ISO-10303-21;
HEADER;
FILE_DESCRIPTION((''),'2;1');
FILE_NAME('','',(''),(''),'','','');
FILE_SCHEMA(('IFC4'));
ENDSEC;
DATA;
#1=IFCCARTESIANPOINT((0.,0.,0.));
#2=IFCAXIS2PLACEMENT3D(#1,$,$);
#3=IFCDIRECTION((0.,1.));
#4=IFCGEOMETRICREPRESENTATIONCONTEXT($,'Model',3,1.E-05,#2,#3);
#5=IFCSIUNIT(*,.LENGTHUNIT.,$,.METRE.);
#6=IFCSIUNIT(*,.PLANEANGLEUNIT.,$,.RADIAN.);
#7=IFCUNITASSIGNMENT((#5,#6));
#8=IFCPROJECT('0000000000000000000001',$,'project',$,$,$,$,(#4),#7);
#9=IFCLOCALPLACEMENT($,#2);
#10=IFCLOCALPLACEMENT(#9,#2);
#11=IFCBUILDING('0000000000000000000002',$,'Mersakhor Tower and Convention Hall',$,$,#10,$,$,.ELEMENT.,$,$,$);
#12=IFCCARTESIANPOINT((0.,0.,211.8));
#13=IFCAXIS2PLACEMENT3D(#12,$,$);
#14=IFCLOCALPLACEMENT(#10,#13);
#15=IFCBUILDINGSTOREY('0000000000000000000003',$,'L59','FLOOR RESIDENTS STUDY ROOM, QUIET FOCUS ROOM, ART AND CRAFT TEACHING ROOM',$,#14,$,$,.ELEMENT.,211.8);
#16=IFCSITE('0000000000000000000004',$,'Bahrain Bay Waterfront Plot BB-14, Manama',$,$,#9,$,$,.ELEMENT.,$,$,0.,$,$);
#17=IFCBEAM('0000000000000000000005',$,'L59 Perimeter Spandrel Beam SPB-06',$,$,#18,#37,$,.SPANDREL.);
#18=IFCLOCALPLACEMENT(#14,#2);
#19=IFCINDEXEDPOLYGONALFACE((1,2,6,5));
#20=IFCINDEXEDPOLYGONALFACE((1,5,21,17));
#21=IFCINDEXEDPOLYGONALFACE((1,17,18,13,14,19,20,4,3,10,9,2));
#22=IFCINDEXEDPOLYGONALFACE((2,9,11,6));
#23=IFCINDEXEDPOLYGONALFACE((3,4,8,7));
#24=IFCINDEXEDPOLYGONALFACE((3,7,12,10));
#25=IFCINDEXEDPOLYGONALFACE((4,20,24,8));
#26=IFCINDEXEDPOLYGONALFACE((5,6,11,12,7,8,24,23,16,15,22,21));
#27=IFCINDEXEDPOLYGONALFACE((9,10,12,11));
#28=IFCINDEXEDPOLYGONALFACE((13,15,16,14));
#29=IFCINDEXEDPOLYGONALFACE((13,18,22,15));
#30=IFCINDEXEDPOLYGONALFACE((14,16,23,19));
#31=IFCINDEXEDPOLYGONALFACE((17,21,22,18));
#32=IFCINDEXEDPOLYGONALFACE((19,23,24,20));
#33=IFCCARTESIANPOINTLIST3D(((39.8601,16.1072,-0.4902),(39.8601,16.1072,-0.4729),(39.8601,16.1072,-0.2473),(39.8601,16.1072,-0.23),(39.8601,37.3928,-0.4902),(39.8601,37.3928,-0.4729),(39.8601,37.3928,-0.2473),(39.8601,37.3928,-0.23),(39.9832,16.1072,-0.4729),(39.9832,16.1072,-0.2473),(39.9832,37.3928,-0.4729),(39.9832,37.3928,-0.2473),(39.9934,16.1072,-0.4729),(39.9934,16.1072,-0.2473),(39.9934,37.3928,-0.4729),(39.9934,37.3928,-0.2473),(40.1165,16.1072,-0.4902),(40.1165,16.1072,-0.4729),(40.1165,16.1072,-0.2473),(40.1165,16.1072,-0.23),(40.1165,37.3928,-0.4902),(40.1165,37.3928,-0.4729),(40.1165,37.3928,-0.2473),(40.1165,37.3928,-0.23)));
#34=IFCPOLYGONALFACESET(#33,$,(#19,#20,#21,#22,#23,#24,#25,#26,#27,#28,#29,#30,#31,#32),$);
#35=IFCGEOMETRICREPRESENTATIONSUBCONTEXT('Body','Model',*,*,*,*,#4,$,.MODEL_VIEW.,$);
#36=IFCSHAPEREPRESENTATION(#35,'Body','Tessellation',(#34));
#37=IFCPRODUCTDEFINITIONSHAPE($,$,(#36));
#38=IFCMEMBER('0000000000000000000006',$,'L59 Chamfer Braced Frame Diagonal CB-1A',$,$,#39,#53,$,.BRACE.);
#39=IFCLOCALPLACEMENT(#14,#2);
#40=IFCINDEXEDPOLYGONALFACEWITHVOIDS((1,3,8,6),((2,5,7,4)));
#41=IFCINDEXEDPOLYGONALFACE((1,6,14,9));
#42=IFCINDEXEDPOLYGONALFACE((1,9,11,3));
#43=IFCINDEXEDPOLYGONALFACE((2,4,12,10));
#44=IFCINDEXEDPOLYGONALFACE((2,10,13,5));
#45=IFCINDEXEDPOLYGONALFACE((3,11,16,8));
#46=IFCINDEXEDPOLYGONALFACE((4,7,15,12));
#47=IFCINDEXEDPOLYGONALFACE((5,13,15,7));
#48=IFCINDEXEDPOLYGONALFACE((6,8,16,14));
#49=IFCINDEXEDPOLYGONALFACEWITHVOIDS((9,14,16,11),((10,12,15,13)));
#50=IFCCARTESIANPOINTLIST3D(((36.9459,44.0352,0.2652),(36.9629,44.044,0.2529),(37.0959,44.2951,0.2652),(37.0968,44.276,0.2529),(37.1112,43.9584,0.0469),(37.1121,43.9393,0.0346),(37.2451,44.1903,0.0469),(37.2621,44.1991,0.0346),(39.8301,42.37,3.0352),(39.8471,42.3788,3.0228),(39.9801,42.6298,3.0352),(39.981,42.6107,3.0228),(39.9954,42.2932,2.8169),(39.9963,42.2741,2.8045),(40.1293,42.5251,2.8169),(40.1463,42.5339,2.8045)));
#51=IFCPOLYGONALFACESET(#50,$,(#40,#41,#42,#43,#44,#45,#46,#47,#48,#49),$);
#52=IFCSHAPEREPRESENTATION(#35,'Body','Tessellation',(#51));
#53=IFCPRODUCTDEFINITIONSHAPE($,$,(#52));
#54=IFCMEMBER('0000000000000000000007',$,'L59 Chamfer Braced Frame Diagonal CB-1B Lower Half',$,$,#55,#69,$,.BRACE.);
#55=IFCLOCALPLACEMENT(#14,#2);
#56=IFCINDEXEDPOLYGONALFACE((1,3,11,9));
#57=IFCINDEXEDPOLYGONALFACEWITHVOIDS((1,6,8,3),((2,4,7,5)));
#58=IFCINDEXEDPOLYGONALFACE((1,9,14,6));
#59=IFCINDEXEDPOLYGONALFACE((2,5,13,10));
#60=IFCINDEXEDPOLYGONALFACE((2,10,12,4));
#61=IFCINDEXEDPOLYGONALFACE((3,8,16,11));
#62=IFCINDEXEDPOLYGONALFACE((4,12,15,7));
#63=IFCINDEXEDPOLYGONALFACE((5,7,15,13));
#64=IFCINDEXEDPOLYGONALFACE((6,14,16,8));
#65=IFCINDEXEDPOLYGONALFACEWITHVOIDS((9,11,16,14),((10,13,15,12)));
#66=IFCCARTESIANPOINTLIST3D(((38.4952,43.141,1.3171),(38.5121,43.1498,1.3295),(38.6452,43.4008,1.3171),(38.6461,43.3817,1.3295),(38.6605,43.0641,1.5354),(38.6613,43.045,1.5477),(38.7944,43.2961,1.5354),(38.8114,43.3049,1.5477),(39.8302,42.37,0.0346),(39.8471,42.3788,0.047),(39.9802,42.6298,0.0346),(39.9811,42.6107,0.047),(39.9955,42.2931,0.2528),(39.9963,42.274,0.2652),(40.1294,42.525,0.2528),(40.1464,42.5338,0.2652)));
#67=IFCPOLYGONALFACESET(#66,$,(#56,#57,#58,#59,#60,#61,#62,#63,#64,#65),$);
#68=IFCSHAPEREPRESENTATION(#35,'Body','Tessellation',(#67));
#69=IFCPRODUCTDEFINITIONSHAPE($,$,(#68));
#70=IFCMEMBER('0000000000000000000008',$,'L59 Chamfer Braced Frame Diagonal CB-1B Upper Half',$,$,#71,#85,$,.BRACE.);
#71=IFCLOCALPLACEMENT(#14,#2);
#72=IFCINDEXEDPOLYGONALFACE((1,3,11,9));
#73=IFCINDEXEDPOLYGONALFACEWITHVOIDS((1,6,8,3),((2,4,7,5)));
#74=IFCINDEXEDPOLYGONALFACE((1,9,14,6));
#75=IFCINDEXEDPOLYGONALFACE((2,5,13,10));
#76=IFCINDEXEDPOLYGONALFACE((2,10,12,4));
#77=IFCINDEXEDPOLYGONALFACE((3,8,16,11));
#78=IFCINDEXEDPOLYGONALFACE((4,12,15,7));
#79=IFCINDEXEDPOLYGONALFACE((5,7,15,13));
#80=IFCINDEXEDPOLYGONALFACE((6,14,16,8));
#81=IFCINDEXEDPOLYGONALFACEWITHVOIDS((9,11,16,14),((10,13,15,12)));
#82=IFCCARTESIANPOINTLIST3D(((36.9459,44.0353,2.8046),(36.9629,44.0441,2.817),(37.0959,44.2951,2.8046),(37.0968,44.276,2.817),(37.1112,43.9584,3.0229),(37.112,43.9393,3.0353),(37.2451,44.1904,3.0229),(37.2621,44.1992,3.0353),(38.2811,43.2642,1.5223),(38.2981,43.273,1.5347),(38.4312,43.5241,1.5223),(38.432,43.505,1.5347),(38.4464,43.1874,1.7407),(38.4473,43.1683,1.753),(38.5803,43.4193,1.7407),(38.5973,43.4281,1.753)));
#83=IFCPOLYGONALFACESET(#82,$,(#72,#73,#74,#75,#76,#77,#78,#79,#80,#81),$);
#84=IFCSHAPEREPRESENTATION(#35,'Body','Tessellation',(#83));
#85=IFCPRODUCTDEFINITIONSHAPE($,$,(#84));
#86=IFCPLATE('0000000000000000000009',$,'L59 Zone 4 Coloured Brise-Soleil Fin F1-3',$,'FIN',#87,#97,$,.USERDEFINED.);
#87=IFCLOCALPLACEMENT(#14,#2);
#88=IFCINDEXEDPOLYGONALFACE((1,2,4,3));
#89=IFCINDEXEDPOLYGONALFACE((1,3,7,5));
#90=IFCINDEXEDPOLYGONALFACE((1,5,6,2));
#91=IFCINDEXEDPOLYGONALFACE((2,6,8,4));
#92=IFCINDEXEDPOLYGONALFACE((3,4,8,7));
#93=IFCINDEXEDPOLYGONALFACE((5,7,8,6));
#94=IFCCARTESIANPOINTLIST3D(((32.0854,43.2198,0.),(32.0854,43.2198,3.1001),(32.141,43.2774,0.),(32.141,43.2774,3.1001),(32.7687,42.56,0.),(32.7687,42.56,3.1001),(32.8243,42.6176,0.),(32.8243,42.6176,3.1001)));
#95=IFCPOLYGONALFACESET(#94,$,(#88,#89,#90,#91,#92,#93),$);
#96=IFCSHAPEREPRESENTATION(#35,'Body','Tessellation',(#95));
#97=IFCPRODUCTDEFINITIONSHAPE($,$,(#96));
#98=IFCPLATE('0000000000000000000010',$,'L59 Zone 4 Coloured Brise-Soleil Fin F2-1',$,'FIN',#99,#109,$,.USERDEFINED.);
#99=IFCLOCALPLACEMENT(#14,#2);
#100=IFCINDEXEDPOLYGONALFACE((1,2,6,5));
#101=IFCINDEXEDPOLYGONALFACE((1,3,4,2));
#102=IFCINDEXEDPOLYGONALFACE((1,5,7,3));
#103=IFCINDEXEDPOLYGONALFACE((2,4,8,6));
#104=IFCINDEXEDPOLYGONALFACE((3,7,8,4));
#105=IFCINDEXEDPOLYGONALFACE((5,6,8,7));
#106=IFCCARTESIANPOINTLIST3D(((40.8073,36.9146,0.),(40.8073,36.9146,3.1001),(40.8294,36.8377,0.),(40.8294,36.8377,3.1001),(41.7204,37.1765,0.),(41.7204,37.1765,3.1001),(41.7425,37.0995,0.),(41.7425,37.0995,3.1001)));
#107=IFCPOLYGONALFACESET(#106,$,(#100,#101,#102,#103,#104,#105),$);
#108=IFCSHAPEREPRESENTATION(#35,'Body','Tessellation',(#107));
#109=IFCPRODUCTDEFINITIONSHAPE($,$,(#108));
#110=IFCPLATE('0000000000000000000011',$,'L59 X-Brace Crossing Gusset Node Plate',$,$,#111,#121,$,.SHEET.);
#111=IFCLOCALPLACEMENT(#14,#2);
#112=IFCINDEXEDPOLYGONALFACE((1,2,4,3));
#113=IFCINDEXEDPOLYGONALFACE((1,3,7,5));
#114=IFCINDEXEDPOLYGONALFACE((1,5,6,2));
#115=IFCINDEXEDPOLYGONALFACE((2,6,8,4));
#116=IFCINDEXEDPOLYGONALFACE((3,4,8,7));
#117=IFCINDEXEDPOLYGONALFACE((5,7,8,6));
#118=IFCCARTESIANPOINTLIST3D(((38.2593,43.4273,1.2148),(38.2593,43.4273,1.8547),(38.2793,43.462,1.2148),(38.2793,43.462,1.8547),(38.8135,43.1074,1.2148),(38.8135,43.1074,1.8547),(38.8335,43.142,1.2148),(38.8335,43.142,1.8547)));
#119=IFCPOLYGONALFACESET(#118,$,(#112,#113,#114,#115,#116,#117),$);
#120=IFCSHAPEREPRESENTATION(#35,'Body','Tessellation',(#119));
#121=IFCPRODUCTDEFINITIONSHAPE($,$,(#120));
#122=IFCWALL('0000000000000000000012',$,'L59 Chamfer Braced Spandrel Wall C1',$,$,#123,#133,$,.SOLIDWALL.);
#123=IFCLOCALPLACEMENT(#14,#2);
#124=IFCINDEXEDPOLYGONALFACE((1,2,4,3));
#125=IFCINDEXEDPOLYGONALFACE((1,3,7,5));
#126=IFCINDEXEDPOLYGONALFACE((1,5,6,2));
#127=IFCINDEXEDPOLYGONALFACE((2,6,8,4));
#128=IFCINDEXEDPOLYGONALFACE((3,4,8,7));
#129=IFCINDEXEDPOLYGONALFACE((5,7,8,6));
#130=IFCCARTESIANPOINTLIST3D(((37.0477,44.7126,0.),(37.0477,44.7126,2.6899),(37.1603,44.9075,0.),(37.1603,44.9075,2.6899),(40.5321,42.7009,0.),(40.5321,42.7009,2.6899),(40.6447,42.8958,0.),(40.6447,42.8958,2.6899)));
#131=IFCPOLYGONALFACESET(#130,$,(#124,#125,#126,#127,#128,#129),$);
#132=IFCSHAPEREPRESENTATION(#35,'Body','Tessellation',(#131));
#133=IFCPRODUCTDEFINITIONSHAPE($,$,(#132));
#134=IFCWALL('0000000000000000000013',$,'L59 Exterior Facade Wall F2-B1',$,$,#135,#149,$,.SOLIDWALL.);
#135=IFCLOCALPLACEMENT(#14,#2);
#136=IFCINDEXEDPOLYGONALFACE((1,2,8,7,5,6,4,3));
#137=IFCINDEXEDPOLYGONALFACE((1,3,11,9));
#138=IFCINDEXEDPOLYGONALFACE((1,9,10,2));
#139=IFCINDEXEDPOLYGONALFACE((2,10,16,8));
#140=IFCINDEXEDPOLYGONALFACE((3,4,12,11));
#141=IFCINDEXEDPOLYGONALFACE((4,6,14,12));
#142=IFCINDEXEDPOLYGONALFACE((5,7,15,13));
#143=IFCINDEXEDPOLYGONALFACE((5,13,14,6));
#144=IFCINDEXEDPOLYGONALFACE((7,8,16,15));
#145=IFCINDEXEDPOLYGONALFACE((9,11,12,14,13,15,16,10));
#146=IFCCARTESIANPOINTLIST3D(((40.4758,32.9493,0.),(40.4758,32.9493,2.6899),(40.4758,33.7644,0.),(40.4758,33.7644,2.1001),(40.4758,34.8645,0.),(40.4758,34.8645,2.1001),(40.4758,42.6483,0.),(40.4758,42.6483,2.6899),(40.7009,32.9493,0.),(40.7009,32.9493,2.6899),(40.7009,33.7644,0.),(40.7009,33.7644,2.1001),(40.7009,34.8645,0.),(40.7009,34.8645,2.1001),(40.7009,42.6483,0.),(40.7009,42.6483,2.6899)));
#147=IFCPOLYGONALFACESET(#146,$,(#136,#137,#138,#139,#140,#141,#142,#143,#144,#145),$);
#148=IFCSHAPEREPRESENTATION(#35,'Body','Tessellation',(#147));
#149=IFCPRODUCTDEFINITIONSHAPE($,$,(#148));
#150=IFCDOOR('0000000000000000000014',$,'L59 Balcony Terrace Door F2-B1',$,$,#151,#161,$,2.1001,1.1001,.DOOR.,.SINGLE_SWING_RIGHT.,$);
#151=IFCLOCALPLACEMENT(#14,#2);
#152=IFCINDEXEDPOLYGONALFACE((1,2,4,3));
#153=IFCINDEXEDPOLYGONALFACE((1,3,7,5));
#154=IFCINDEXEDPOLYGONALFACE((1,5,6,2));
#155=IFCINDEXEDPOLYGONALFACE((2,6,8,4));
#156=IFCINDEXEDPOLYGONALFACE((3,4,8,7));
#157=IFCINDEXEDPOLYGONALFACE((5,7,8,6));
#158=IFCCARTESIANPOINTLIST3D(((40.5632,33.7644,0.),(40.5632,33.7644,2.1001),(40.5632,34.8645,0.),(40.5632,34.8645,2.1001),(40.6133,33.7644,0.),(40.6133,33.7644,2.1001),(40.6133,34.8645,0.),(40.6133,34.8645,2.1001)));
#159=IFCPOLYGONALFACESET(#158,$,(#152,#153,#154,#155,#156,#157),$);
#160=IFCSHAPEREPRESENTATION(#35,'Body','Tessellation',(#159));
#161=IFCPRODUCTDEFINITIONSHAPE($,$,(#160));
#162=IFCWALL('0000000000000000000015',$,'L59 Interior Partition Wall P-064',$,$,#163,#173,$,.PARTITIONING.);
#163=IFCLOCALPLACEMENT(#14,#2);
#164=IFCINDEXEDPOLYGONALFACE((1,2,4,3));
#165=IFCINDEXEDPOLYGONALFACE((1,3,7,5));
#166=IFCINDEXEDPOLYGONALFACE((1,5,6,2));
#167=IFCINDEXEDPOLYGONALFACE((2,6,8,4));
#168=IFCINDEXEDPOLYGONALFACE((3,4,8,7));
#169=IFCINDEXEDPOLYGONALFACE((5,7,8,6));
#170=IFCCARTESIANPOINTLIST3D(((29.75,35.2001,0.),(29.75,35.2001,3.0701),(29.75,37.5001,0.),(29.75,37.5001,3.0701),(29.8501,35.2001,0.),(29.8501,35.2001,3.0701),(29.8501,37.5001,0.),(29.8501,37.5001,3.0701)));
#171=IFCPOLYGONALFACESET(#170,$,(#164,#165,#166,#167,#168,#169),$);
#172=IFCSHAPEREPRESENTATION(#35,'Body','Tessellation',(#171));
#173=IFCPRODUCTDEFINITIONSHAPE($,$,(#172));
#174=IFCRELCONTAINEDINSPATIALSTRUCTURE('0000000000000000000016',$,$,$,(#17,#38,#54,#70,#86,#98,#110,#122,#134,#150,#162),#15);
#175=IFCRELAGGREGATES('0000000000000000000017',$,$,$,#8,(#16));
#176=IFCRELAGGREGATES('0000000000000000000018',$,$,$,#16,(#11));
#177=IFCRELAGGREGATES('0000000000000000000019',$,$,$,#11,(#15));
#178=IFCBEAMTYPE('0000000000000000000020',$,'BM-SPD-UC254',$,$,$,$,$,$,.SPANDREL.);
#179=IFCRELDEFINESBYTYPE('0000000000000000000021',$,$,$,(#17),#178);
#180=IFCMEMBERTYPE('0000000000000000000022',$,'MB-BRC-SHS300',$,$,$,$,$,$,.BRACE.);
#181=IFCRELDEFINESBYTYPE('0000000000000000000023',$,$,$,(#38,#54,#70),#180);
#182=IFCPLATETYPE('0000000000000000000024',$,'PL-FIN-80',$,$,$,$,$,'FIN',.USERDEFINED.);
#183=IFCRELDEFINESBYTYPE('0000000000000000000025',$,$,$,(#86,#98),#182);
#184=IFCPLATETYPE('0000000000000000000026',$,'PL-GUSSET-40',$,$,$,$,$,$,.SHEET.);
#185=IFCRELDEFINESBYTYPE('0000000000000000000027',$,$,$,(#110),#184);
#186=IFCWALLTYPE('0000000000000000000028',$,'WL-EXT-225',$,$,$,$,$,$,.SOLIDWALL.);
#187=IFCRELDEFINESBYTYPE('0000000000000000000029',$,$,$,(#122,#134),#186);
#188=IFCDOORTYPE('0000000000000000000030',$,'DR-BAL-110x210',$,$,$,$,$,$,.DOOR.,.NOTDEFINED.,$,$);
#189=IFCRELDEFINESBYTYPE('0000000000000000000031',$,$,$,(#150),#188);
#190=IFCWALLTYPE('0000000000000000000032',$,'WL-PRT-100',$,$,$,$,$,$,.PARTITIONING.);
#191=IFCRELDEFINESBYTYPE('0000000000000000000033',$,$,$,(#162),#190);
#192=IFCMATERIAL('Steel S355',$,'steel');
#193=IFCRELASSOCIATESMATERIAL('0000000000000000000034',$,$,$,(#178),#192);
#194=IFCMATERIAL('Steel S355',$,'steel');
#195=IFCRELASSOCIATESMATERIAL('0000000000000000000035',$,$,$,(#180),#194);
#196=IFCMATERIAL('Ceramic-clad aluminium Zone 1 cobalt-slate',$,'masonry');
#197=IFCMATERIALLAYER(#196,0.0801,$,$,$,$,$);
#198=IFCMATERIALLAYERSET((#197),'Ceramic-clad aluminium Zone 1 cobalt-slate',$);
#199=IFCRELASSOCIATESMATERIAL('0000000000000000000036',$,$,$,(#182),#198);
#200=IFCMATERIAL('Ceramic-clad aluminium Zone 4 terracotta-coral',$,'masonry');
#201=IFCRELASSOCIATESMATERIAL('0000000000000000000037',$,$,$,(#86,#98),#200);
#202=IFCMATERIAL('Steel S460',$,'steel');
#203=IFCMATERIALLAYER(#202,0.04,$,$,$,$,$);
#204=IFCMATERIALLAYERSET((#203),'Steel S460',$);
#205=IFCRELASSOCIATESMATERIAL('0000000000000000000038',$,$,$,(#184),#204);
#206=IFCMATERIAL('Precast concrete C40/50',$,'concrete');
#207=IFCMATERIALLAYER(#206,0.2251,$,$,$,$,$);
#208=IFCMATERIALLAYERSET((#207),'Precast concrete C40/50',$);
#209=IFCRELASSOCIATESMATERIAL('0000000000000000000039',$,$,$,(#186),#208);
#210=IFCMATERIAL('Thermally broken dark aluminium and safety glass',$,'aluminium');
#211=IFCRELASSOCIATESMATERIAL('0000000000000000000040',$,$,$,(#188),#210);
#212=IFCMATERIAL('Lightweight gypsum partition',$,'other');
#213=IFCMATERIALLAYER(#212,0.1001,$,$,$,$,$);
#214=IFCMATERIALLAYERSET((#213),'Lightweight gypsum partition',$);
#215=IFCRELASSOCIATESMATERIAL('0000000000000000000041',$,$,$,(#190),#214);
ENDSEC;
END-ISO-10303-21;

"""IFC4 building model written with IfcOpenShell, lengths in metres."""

from ifc_helpers import new_model, si_unit, direction, frame, frame_2d, origin, origin_2d, place, context, subcontext, project, spatial, rectangle, hollow_rectangle, i_section, extrude, material, layer, layer_set, material_profile, profile_set, type_object, element, fill, save


model = new_model("IFC4")

# Units and contexts
model_context = context("Model", 3, precision=1e-05, world=origin(), true_north=direction((0.0, 1.0)))
body_context = subcontext(model_context, "Body", "Model", "MODEL_VIEW")
ifc_project = project(units=[si_unit("LENGTHUNIT", "METRE"), si_unit("PLANEANGLEUNIT", "RADIAN")], contexts=[model_context])

# Site, building, storey
site_placement = place(None, origin())
site = spatial("IfcSite", under=ifc_project, at=site_placement, Name="Bahrain Bay Waterfront Plot BB-14, Manama", CompositionType="ELEMENT", RefElevation=0.0)
building_placement = place(site_placement, origin())
building = spatial("IfcBuilding", under=site, at=building_placement, Name="Mersakhor Tower and Convention Hall", CompositionType="ELEMENT")
storey_placement = place(building_placement, frame((0.0, 0.0, 211.8)))
storey = spatial("IfcBuildingStorey", under=building, at=storey_placement, Name="L59", Description="FLOOR RESIDENTS STUDY ROOM, QUIET FOCUS ROOM, ART AND CRAFT TEACHING ROOM", CompositionType="ELEMENT", Elevation=211.8)

# Beam
ifc_material_1 = material(Name="Steel S355", Category="steel")
ifc_material_profile_1 = material_profile(ifc_material_1, i_section(OverallWidth=0.2563, OverallDepth=0.2603, WebThickness=0.0103, FlangeThickness=0.0173, at=origin_2d()), Name="UC 254x254x89")
ifc_profile_set_1 = profile_set([ifc_material_profile_1], Name="Steel S355")
beam_type_1 = type_object("IfcBeamType", Name="BM-SPD-UC254", PredefinedType="SPANDREL", material=ifc_profile_set_1)
beam_1_placement = place(storey_placement, frame((39.9883, 37.3928, -0.3601), z_axis=(0.0, -1.0, 0.0), x_axis=(1.0, 0.0, 0.0)))
element("IfcBeam", 1, at=beam_1_placement, inside=storey, type_object=beam_type_1, Name="L59 Perimeter Spandrel Beam SPB-06", PredefinedType="SPANDREL", context=body_context, shape_type="SweptSolid", body=[
    extrude(i_section(OverallWidth=0.2563, OverallDepth=0.2603, WebThickness=0.0103, FlangeThickness=0.0173, at=origin_2d()), origin(), (0.0, 0.0, 1.0), 21.2856),
])

# Members
ifc_material_2 = material(Name="Steel S355", Category="steel")
ifc_material_profile_2 = material_profile(ifc_material_2, hollow_rectangle(XDim=0.3, YDim=0.3, WallThickness=0.0161, at=origin_2d()), Name="SHS 300x300x16")
ifc_profile_set_2 = profile_set([ifc_material_profile_2], Name="Steel S355")
member_type = type_object("IfcMemberType", Name="MB-BRC-SHS300", PredefinedType="BRACE", material=ifc_profile_set_2)
member_placement = place(storey_placement, frame((37.104, 44.1172, 0.1499), z_axis=(0.665825, -0.384425, 0.639449), x_axis=(0.50001, 0.86602, 0.0)))
element("IfcMember", 2, at=member_placement, inside=storey, type_object=member_type, Name="L59 Chamfer Braced Frame Diagonal CB-1A", PredefinedType="BRACE", context=body_context, shape_type="SweptSolid", body=[
    extrude(hollow_rectangle(XDim=0.3, YDim=0.3, WallThickness=0.0161, at=origin_2d()), origin(), (0.0, 0.0, 1.0), 4.3318),
])
for number, where, z_axis, x_axis, name in (
    (3, (39.9883, 42.4519, 0.1499), (-0.665711, 0.384476, 0.639536), (-0.500125, -0.865953, 0.0), "L59 Chamfer Braced Frame Diagonal CB-1B Lower Half"),
    (4, (38.4392, 43.3462, 1.6377), (-0.665831, 0.384475, 0.639412), (-0.500056, -0.865993, 0.0), "L59 Chamfer Braced Frame Diagonal CB-1B Upper Half"),
):
    element("IfcMember", number, at=place(storey_placement, frame(where, z_axis=z_axis, x_axis=x_axis)), inside=storey, type_object=member_type, Name=name, PredefinedType="BRACE", context=body_context, shape_type="SweptSolid", body=[
        extrude(hollow_rectangle(XDim=0.3, YDim=0.3, WallThickness=0.0161, at=origin_2d()), origin(), (0.0, 0.0, 1.0), 2.0054),
    ])

# Plates
ifc_material_3 = material(Name="Ceramic-clad aluminium Zone 4 terracotta-coral", Category="masonry")
ifc_material_4 = material(Name="Ceramic-clad aluminium Zone 1 cobalt-slate", Category="masonry")
ifc_layer_1 = layer(ifc_material_4, 0.0801)
ifc_layer_set_1 = layer_set([ifc_layer_1], Name="Ceramic-clad aluminium Zone 1 cobalt-slate")
plate_type_1 = type_object("IfcPlateType", Name="PL-FIN-80", ElementType="FIN", PredefinedType="USERDEFINED", material=ifc_layer_set_1)
for number, where, z_axis, x_axis, name in (
    (5, (32.4548, 42.9187, 0.0), (0.0, 0.0, 1.0), (-0.71934, 0.694658, 0.0), "L59 Zone 4 Coloured Brise-Soleil Fin F1-3"),
    (6, (41.2749, 37.0071, 0.0), (0.0, 0.0, 1.0), (0.961262, 0.275637, 0.0), "L59 Zone 4 Coloured Brise-Soleil Fin F2-1"),
):
    element("IfcPlate", number, at=place(storey_placement, frame(where, z_axis=z_axis, x_axis=x_axis)), inside=storey, type_object=plate_type_1, material=ifc_material_3, Name=name, ObjectType="FIN", PredefinedType="USERDEFINED", context=body_context, shape_type="SweptSolid", body=[
        extrude(rectangle(XDim=0.95, YDim=0.0801, at=origin_2d()), origin(), (0.0, 0.0, 1.0), 3.1001),
    ])
ifc_material_5 = material(Name="Steel S460", Category="steel")
ifc_layer_2 = layer(ifc_material_5, 0.04)
ifc_layer_set_2 = layer_set([ifc_layer_2], Name="Steel S460")
plate_type_2 = type_object("IfcPlateType", Name="PL-GUSSET-40", PredefinedType="SHEET", material=ifc_layer_set_2)
plate_placement = place(storey_placement, frame((38.5464, 43.2847, 1.2148), z_axis=(0.0, 0.0, 1.0), x_axis=(-0.866025, 0.5, 0.0)))
element("IfcPlate", 7, at=plate_placement, inside=storey, type_object=plate_type_2, Name="L59 X-Brace Crossing Gusset Node Plate", PredefinedType="SHEET", context=body_context, shape_type="SweptSolid", body=[
    extrude(rectangle(XDim=0.6399, YDim=0.04, at=origin_2d()), origin(), (0.0, 0.0, 1.0), 0.6399),
])

# Wall
ifc_material_6 = material(Name="Precast concrete C40/50", Category="concrete")
ifc_layer_3 = layer(ifc_material_6, 0.2251)
ifc_layer_set_3 = layer_set([ifc_layer_3], Name="Precast concrete C40/50")
wall_type_1 = type_object("IfcWallType", Name="WL-EXT-225", PredefinedType="SOLIDWALL", material=ifc_layer_set_3)
wall_1_placement = place(storey_placement, frame((37.104, 44.8101, 0.0), z_axis=(0.0, 0.0, 1.0), x_axis=(0.866024, -0.500003, 0.0)))
element("IfcWall", 8, at=wall_1_placement, inside=storey, type_object=wall_type_1, Name="L59 Chamfer Braced Spandrel Wall C1", PredefinedType="SOLIDWALL", context=body_context, shape_type="SweptSolid", body=[
    extrude(rectangle(XDim=4.0234, YDim=0.2251, at=frame_2d((2.0117, 0.0))), origin(), (0.0, 0.0, 1.0), 2.6899),
])

# Wall, opening, door
wall_2_placement = place(storey_placement, frame((40.5884, 42.6484, 0.0), z_axis=(0.0, 0.0, 1.0), x_axis=(0.0, -1.0, 0.0)))
wall_2 = element("IfcWall", 9, at=wall_2_placement, inside=storey, type_object=wall_type_1, Name="L59 Exterior Facade Wall F2-B1", PredefinedType="SOLIDWALL", context=body_context, shape_type="SweptSolid", body=[
    extrude(rectangle(XDim=9.699, YDim=0.2251, at=frame_2d((4.8496, 0.0))), origin(), (0.0, 0.0, 1.0), 2.6899),
])
opening_1_placement = place(wall_2_placement, frame((7.7839, 0.0, 0.0)))
opening_1 = element("IfcOpeningElement", 10, at=opening_1_placement, cuts=wall_2, PredefinedType="OPENING", context=body_context, shape_type="SweptSolid", body=[
    extrude(rectangle(XDim=1.1001, YDim=2.1001, at=frame_2d((0.55, 1.05))), frame((0.0, 0.1226, 0.0), z_axis=(0.0, -1.0, 0.0), x_axis=(1.0, 0.0, 0.0)), (0.0, 0.0, 1.0), 0.2451),
])
ifc_material_7 = material(Name="Thermally broken dark aluminium and safety glass", Category="aluminium")
door_type_1 = type_object("IfcDoorType", Name="DR-BAL-110x210", OperationType="NOTDEFINED", PredefinedType="DOOR", material=ifc_material_7)
door_1_placement = place(opening_1_placement, origin())
door_1 = element("IfcDoor", 11, at=door_1_placement, inside=storey, type_object=door_type_1, Name="L59 Balcony Terrace Door F2-B1", OperationType="SINGLE_SWING_RIGHT", OverallHeight=2.1001, OverallWidth=1.1001, PredefinedType="DOOR", context=body_context, shape_type="SweptSolid", body=[
    extrude(rectangle(XDim=1.1001, YDim=2.1001, at=frame_2d((0.55, 1.05))), frame((0.0, 0.0249, 0.0), z_axis=(0.0, -1.0, 0.0), x_axis=(1.0, 0.0, 0.0)), (0.0, 0.0, 1.0), 0.05),
])
fill(opening_1, door_1)

# Wall
ifc_material_8 = material(Name="Lightweight gypsum partition", Category="other")
ifc_layer_4 = layer(ifc_material_8, 0.1001)
ifc_layer_set_4 = layer_set([ifc_layer_4], Name="Lightweight gypsum partition")
wall_type_2 = type_object("IfcWallType", Name="WL-PRT-100", PredefinedType="PARTITIONING", material=ifc_layer_set_4)
wall_3_placement = place(storey_placement, frame((29.8, 37.5, 0.0), z_axis=(0.0, 0.0, 1.0), x_axis=(0.0, -1.0, 0.0)))
element("IfcWall", 12, at=wall_3_placement, inside=storey, type_object=wall_type_2, Name="L59 Interior Partition Wall P-064", PredefinedType="PARTITIONING", context=body_context, shape_type="SweptSolid", body=[
    extrude(rectangle(XDim=2.3, YDim=0.1001, at=frame_2d((1.1499, 0.0))), origin(), (0.0, 0.0, 1.0), 3.0701),
])

save(model, "model.ifc")
